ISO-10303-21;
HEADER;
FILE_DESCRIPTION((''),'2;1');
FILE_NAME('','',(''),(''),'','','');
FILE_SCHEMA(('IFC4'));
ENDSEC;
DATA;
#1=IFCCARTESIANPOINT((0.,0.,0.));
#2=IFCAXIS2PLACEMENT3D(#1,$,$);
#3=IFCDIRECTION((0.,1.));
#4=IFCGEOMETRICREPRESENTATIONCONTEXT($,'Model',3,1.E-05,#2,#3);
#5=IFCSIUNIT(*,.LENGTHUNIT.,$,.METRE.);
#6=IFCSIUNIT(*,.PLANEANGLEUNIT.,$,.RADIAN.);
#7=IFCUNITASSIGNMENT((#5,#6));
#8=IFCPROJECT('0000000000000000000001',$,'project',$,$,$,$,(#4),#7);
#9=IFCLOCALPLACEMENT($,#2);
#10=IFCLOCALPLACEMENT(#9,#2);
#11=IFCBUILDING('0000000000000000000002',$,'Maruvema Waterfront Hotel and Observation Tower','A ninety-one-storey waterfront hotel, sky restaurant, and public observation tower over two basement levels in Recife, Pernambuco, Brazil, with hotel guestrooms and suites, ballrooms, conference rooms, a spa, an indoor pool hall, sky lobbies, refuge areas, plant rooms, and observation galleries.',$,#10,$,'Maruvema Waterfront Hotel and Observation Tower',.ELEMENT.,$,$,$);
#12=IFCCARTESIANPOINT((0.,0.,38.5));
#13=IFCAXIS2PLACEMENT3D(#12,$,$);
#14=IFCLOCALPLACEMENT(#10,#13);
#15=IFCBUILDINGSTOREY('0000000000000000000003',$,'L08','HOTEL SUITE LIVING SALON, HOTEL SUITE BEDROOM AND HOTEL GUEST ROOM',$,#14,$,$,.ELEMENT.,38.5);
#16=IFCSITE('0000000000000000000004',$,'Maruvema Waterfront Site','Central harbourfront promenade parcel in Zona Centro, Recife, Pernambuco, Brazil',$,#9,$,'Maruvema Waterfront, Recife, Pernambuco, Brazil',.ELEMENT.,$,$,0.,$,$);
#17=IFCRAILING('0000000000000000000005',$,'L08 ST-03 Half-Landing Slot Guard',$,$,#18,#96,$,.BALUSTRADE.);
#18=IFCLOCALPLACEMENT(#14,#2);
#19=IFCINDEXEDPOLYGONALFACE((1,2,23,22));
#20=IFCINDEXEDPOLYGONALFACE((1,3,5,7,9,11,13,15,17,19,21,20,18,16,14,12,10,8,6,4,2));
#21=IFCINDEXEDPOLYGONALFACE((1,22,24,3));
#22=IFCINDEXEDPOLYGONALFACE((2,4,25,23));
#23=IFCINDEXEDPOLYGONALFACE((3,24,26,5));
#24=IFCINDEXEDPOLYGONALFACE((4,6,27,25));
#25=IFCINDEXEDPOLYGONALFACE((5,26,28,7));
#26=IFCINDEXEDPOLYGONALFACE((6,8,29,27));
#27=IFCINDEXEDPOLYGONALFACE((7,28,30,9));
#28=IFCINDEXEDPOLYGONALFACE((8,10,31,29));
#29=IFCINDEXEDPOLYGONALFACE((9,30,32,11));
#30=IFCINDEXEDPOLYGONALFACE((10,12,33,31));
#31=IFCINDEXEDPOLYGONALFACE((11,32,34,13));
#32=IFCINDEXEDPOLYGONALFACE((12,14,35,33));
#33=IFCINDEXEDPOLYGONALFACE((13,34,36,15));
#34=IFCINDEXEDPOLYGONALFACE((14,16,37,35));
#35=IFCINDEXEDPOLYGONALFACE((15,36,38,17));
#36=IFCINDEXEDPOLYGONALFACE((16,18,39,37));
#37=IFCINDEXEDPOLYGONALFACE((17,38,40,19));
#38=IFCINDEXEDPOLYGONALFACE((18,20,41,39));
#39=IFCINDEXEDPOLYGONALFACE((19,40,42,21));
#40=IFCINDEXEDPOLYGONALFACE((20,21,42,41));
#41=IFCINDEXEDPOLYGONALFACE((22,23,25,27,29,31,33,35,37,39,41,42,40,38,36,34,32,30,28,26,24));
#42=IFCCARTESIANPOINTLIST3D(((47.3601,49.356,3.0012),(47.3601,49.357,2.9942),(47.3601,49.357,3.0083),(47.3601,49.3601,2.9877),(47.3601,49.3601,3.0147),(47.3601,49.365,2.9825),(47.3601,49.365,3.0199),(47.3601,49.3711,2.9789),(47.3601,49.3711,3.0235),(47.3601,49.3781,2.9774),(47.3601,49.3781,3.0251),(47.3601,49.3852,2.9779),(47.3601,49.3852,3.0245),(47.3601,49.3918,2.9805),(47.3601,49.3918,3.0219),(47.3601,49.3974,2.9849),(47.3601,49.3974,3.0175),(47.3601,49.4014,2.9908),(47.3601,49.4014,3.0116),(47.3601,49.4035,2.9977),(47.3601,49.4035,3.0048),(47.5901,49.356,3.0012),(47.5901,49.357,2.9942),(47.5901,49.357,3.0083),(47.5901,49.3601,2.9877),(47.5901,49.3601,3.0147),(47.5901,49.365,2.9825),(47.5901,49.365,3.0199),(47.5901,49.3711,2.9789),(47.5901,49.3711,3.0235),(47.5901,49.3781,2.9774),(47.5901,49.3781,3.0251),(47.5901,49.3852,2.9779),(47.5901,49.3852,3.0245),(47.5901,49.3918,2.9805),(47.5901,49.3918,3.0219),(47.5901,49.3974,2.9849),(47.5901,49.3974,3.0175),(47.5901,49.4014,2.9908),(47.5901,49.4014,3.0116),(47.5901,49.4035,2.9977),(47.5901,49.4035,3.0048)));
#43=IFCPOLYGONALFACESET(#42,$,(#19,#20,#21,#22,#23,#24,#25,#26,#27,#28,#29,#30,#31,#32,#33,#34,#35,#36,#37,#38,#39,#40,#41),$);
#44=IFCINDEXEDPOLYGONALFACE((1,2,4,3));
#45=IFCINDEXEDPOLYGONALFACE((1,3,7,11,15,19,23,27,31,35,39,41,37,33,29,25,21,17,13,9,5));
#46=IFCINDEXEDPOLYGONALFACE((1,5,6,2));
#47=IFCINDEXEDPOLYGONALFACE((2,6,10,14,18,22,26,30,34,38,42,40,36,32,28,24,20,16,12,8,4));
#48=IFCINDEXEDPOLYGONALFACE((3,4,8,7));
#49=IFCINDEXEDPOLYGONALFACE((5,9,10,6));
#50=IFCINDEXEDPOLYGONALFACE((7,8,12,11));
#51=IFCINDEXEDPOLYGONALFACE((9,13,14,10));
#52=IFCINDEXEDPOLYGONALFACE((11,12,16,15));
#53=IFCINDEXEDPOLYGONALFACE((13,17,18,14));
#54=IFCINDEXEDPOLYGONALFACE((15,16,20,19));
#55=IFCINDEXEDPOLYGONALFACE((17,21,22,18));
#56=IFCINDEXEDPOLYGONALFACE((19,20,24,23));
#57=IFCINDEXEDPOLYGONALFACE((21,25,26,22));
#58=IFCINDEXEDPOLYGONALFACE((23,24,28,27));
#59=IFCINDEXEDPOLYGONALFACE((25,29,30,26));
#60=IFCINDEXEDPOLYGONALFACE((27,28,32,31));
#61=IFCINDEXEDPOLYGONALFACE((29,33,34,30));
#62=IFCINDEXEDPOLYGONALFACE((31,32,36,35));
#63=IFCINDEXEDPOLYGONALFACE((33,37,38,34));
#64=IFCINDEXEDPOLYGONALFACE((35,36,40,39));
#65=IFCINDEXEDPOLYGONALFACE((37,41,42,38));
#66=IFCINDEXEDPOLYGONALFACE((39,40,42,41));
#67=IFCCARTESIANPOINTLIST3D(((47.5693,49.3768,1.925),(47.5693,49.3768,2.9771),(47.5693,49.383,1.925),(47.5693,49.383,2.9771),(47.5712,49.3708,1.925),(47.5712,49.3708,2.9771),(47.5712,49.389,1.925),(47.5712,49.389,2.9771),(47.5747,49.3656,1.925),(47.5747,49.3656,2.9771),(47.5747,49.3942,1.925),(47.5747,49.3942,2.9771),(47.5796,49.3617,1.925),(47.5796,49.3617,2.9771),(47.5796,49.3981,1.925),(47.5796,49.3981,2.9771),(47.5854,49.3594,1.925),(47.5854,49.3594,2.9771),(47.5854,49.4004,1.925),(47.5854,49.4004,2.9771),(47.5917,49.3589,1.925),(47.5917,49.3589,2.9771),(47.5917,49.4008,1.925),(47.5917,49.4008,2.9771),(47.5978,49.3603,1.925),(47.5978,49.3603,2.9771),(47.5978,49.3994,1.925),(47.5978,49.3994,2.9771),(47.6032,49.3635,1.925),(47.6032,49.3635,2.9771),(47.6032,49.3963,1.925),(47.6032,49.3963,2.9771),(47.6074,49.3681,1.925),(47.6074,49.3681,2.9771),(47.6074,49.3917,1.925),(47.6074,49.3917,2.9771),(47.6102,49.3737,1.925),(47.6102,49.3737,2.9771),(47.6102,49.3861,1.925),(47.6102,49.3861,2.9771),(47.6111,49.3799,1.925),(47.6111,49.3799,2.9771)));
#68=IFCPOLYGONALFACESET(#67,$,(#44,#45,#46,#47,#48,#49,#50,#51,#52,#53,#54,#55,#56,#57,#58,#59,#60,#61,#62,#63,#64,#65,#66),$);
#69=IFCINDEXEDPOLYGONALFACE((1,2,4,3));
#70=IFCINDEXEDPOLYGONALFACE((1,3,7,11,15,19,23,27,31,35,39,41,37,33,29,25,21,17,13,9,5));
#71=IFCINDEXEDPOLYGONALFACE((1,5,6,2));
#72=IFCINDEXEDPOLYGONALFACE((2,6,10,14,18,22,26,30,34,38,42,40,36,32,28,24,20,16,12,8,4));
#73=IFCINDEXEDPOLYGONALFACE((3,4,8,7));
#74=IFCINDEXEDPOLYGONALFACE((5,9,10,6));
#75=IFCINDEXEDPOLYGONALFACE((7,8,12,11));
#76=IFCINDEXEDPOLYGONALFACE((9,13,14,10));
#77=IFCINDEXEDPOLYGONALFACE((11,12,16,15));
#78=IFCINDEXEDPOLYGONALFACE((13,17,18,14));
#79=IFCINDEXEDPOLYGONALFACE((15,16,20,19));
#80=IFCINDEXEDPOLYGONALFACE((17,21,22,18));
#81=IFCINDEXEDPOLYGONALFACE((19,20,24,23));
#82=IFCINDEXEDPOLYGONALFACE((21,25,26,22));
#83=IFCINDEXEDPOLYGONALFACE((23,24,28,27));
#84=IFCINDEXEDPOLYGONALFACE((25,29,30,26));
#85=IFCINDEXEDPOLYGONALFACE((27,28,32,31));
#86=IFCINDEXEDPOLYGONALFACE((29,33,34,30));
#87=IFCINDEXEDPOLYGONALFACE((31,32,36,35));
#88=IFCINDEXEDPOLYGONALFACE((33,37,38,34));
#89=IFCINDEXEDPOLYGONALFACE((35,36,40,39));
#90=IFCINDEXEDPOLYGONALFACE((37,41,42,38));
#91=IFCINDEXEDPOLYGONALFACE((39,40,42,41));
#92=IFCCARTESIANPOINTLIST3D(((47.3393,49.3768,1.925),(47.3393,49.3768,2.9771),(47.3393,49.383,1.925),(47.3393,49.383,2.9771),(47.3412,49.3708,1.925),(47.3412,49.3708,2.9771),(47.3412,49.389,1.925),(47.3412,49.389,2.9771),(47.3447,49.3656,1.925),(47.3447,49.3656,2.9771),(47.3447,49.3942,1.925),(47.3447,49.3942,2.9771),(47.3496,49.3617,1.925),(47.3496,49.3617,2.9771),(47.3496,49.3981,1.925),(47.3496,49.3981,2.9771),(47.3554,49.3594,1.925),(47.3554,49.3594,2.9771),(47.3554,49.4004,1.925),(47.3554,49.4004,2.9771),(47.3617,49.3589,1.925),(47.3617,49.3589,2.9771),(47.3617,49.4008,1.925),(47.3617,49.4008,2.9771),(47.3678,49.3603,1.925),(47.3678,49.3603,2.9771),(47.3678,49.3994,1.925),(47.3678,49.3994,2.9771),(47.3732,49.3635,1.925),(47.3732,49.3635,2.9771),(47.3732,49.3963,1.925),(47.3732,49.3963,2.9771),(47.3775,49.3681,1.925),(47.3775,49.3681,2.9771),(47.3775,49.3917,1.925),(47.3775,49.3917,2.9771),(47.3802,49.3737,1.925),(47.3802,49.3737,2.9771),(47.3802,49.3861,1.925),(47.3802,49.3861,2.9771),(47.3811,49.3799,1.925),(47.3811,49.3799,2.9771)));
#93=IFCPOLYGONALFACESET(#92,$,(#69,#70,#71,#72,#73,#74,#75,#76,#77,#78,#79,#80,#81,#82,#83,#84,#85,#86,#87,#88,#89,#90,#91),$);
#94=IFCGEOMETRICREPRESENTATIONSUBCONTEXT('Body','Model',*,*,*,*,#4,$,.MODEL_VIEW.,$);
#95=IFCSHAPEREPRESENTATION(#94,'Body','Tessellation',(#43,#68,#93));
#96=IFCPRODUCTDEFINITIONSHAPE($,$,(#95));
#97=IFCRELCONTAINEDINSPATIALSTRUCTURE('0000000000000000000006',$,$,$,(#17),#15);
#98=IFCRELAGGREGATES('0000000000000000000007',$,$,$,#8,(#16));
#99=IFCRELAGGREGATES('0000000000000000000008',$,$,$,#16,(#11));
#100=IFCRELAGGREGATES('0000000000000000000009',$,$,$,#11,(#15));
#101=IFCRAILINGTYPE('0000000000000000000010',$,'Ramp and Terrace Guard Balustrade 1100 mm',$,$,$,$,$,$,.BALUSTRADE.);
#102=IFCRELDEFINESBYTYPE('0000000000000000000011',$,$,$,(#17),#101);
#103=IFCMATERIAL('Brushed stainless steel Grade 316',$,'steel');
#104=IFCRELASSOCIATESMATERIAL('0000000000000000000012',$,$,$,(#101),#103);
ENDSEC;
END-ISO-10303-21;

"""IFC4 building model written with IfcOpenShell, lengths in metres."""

from ifc_helpers import new_model, si_unit, direction, frame, origin, origin_2d, place, context, subcontext, project, spatial, circle, extrude, material, type_object, element, save


model = new_model("IFC4")

# Units and contexts
model_context = context("Model", 3, precision=1e-05, world=origin(), true_north=direction((0.0, 1.0)))
body_context = subcontext(model_context, "Body", "Model", "MODEL_VIEW")
ifc_project = project(units=[si_unit("LENGTHUNIT", "METRE"), si_unit("PLANEANGLEUNIT", "RADIAN")], contexts=[model_context])

# Site, building, storey
site_placement = place(None, origin())
site = spatial("IfcSite", under=ifc_project, at=site_placement, Name="Maruvema Waterfront Site", Description="Central harbourfront promenade parcel in Zona Centro, Recife, Pernambuco, Brazil", LongName="Maruvema Waterfront, Recife, Pernambuco, Brazil", CompositionType="ELEMENT", RefElevation=0.0)
building_placement = place(site_placement, origin())
building = spatial("IfcBuilding", under=site, at=building_placement, Name="Maruvema Waterfront Hotel and Observation Tower", Description="A ninety-one-storey waterfront hotel, sky restaurant, and public observation tower over two basement levels in Recife, Pernambuco, Brazil, with hotel guestrooms and suites, ballrooms, conference rooms, a spa, an indoor pool hall, sky lobbies, refuge areas, plant rooms, and observation galleries.", LongName="Maruvema Waterfront Hotel and Observation Tower", CompositionType="ELEMENT")
storey_placement = place(building_placement, frame((0.0, 0.0, 38.5)))
storey = spatial("IfcBuildingStorey", under=building, at=storey_placement, Name="L08", Description="HOTEL SUITE LIVING SALON, HOTEL SUITE BEDROOM AND HOTEL GUEST ROOM", CompositionType="ELEMENT", Elevation=38.5)

# Railing
ifc_material_1 = material(Name="Brushed stainless steel Grade 316", Category="steel")
railing_type_1 = type_object("IfcRailingType", Name="Ramp and Terrace Guard Balustrade 1100 mm", PredefinedType="BALUSTRADE", material=ifc_material_1)
railing_1_placement = place(storey_placement, frame((47.5901, 49.3799, 1.925)))
element("IfcRailing", 1, at=railing_1_placement, inside=storey, type_object=railing_type_1, Name="L08 ST-03 Half-Landing Slot Guard", PredefinedType="BALUSTRADE", context=body_context, shape_type="SweptSolid", body=[
    extrude(circle(Radius=0.0239, at=origin_2d()), frame((0.0, 0.0, 1.0762), z_axis=(-1.0, 0.0, 0.0), x_axis=(0.0, -1.0, 0.0)), (0.0, 0.0, 1.0), 0.23),
    extrude(circle(Radius=0.021, at=origin_2d()), origin(), (0.0, 0.0, 1.0), 1.052),
    extrude(circle(Radius=0.021, at=origin_2d()), frame((-0.23, 0.0, 0.0)), (0.0, 0.0, 1.0), 1.052),
])

save(model, "model.ifc")
